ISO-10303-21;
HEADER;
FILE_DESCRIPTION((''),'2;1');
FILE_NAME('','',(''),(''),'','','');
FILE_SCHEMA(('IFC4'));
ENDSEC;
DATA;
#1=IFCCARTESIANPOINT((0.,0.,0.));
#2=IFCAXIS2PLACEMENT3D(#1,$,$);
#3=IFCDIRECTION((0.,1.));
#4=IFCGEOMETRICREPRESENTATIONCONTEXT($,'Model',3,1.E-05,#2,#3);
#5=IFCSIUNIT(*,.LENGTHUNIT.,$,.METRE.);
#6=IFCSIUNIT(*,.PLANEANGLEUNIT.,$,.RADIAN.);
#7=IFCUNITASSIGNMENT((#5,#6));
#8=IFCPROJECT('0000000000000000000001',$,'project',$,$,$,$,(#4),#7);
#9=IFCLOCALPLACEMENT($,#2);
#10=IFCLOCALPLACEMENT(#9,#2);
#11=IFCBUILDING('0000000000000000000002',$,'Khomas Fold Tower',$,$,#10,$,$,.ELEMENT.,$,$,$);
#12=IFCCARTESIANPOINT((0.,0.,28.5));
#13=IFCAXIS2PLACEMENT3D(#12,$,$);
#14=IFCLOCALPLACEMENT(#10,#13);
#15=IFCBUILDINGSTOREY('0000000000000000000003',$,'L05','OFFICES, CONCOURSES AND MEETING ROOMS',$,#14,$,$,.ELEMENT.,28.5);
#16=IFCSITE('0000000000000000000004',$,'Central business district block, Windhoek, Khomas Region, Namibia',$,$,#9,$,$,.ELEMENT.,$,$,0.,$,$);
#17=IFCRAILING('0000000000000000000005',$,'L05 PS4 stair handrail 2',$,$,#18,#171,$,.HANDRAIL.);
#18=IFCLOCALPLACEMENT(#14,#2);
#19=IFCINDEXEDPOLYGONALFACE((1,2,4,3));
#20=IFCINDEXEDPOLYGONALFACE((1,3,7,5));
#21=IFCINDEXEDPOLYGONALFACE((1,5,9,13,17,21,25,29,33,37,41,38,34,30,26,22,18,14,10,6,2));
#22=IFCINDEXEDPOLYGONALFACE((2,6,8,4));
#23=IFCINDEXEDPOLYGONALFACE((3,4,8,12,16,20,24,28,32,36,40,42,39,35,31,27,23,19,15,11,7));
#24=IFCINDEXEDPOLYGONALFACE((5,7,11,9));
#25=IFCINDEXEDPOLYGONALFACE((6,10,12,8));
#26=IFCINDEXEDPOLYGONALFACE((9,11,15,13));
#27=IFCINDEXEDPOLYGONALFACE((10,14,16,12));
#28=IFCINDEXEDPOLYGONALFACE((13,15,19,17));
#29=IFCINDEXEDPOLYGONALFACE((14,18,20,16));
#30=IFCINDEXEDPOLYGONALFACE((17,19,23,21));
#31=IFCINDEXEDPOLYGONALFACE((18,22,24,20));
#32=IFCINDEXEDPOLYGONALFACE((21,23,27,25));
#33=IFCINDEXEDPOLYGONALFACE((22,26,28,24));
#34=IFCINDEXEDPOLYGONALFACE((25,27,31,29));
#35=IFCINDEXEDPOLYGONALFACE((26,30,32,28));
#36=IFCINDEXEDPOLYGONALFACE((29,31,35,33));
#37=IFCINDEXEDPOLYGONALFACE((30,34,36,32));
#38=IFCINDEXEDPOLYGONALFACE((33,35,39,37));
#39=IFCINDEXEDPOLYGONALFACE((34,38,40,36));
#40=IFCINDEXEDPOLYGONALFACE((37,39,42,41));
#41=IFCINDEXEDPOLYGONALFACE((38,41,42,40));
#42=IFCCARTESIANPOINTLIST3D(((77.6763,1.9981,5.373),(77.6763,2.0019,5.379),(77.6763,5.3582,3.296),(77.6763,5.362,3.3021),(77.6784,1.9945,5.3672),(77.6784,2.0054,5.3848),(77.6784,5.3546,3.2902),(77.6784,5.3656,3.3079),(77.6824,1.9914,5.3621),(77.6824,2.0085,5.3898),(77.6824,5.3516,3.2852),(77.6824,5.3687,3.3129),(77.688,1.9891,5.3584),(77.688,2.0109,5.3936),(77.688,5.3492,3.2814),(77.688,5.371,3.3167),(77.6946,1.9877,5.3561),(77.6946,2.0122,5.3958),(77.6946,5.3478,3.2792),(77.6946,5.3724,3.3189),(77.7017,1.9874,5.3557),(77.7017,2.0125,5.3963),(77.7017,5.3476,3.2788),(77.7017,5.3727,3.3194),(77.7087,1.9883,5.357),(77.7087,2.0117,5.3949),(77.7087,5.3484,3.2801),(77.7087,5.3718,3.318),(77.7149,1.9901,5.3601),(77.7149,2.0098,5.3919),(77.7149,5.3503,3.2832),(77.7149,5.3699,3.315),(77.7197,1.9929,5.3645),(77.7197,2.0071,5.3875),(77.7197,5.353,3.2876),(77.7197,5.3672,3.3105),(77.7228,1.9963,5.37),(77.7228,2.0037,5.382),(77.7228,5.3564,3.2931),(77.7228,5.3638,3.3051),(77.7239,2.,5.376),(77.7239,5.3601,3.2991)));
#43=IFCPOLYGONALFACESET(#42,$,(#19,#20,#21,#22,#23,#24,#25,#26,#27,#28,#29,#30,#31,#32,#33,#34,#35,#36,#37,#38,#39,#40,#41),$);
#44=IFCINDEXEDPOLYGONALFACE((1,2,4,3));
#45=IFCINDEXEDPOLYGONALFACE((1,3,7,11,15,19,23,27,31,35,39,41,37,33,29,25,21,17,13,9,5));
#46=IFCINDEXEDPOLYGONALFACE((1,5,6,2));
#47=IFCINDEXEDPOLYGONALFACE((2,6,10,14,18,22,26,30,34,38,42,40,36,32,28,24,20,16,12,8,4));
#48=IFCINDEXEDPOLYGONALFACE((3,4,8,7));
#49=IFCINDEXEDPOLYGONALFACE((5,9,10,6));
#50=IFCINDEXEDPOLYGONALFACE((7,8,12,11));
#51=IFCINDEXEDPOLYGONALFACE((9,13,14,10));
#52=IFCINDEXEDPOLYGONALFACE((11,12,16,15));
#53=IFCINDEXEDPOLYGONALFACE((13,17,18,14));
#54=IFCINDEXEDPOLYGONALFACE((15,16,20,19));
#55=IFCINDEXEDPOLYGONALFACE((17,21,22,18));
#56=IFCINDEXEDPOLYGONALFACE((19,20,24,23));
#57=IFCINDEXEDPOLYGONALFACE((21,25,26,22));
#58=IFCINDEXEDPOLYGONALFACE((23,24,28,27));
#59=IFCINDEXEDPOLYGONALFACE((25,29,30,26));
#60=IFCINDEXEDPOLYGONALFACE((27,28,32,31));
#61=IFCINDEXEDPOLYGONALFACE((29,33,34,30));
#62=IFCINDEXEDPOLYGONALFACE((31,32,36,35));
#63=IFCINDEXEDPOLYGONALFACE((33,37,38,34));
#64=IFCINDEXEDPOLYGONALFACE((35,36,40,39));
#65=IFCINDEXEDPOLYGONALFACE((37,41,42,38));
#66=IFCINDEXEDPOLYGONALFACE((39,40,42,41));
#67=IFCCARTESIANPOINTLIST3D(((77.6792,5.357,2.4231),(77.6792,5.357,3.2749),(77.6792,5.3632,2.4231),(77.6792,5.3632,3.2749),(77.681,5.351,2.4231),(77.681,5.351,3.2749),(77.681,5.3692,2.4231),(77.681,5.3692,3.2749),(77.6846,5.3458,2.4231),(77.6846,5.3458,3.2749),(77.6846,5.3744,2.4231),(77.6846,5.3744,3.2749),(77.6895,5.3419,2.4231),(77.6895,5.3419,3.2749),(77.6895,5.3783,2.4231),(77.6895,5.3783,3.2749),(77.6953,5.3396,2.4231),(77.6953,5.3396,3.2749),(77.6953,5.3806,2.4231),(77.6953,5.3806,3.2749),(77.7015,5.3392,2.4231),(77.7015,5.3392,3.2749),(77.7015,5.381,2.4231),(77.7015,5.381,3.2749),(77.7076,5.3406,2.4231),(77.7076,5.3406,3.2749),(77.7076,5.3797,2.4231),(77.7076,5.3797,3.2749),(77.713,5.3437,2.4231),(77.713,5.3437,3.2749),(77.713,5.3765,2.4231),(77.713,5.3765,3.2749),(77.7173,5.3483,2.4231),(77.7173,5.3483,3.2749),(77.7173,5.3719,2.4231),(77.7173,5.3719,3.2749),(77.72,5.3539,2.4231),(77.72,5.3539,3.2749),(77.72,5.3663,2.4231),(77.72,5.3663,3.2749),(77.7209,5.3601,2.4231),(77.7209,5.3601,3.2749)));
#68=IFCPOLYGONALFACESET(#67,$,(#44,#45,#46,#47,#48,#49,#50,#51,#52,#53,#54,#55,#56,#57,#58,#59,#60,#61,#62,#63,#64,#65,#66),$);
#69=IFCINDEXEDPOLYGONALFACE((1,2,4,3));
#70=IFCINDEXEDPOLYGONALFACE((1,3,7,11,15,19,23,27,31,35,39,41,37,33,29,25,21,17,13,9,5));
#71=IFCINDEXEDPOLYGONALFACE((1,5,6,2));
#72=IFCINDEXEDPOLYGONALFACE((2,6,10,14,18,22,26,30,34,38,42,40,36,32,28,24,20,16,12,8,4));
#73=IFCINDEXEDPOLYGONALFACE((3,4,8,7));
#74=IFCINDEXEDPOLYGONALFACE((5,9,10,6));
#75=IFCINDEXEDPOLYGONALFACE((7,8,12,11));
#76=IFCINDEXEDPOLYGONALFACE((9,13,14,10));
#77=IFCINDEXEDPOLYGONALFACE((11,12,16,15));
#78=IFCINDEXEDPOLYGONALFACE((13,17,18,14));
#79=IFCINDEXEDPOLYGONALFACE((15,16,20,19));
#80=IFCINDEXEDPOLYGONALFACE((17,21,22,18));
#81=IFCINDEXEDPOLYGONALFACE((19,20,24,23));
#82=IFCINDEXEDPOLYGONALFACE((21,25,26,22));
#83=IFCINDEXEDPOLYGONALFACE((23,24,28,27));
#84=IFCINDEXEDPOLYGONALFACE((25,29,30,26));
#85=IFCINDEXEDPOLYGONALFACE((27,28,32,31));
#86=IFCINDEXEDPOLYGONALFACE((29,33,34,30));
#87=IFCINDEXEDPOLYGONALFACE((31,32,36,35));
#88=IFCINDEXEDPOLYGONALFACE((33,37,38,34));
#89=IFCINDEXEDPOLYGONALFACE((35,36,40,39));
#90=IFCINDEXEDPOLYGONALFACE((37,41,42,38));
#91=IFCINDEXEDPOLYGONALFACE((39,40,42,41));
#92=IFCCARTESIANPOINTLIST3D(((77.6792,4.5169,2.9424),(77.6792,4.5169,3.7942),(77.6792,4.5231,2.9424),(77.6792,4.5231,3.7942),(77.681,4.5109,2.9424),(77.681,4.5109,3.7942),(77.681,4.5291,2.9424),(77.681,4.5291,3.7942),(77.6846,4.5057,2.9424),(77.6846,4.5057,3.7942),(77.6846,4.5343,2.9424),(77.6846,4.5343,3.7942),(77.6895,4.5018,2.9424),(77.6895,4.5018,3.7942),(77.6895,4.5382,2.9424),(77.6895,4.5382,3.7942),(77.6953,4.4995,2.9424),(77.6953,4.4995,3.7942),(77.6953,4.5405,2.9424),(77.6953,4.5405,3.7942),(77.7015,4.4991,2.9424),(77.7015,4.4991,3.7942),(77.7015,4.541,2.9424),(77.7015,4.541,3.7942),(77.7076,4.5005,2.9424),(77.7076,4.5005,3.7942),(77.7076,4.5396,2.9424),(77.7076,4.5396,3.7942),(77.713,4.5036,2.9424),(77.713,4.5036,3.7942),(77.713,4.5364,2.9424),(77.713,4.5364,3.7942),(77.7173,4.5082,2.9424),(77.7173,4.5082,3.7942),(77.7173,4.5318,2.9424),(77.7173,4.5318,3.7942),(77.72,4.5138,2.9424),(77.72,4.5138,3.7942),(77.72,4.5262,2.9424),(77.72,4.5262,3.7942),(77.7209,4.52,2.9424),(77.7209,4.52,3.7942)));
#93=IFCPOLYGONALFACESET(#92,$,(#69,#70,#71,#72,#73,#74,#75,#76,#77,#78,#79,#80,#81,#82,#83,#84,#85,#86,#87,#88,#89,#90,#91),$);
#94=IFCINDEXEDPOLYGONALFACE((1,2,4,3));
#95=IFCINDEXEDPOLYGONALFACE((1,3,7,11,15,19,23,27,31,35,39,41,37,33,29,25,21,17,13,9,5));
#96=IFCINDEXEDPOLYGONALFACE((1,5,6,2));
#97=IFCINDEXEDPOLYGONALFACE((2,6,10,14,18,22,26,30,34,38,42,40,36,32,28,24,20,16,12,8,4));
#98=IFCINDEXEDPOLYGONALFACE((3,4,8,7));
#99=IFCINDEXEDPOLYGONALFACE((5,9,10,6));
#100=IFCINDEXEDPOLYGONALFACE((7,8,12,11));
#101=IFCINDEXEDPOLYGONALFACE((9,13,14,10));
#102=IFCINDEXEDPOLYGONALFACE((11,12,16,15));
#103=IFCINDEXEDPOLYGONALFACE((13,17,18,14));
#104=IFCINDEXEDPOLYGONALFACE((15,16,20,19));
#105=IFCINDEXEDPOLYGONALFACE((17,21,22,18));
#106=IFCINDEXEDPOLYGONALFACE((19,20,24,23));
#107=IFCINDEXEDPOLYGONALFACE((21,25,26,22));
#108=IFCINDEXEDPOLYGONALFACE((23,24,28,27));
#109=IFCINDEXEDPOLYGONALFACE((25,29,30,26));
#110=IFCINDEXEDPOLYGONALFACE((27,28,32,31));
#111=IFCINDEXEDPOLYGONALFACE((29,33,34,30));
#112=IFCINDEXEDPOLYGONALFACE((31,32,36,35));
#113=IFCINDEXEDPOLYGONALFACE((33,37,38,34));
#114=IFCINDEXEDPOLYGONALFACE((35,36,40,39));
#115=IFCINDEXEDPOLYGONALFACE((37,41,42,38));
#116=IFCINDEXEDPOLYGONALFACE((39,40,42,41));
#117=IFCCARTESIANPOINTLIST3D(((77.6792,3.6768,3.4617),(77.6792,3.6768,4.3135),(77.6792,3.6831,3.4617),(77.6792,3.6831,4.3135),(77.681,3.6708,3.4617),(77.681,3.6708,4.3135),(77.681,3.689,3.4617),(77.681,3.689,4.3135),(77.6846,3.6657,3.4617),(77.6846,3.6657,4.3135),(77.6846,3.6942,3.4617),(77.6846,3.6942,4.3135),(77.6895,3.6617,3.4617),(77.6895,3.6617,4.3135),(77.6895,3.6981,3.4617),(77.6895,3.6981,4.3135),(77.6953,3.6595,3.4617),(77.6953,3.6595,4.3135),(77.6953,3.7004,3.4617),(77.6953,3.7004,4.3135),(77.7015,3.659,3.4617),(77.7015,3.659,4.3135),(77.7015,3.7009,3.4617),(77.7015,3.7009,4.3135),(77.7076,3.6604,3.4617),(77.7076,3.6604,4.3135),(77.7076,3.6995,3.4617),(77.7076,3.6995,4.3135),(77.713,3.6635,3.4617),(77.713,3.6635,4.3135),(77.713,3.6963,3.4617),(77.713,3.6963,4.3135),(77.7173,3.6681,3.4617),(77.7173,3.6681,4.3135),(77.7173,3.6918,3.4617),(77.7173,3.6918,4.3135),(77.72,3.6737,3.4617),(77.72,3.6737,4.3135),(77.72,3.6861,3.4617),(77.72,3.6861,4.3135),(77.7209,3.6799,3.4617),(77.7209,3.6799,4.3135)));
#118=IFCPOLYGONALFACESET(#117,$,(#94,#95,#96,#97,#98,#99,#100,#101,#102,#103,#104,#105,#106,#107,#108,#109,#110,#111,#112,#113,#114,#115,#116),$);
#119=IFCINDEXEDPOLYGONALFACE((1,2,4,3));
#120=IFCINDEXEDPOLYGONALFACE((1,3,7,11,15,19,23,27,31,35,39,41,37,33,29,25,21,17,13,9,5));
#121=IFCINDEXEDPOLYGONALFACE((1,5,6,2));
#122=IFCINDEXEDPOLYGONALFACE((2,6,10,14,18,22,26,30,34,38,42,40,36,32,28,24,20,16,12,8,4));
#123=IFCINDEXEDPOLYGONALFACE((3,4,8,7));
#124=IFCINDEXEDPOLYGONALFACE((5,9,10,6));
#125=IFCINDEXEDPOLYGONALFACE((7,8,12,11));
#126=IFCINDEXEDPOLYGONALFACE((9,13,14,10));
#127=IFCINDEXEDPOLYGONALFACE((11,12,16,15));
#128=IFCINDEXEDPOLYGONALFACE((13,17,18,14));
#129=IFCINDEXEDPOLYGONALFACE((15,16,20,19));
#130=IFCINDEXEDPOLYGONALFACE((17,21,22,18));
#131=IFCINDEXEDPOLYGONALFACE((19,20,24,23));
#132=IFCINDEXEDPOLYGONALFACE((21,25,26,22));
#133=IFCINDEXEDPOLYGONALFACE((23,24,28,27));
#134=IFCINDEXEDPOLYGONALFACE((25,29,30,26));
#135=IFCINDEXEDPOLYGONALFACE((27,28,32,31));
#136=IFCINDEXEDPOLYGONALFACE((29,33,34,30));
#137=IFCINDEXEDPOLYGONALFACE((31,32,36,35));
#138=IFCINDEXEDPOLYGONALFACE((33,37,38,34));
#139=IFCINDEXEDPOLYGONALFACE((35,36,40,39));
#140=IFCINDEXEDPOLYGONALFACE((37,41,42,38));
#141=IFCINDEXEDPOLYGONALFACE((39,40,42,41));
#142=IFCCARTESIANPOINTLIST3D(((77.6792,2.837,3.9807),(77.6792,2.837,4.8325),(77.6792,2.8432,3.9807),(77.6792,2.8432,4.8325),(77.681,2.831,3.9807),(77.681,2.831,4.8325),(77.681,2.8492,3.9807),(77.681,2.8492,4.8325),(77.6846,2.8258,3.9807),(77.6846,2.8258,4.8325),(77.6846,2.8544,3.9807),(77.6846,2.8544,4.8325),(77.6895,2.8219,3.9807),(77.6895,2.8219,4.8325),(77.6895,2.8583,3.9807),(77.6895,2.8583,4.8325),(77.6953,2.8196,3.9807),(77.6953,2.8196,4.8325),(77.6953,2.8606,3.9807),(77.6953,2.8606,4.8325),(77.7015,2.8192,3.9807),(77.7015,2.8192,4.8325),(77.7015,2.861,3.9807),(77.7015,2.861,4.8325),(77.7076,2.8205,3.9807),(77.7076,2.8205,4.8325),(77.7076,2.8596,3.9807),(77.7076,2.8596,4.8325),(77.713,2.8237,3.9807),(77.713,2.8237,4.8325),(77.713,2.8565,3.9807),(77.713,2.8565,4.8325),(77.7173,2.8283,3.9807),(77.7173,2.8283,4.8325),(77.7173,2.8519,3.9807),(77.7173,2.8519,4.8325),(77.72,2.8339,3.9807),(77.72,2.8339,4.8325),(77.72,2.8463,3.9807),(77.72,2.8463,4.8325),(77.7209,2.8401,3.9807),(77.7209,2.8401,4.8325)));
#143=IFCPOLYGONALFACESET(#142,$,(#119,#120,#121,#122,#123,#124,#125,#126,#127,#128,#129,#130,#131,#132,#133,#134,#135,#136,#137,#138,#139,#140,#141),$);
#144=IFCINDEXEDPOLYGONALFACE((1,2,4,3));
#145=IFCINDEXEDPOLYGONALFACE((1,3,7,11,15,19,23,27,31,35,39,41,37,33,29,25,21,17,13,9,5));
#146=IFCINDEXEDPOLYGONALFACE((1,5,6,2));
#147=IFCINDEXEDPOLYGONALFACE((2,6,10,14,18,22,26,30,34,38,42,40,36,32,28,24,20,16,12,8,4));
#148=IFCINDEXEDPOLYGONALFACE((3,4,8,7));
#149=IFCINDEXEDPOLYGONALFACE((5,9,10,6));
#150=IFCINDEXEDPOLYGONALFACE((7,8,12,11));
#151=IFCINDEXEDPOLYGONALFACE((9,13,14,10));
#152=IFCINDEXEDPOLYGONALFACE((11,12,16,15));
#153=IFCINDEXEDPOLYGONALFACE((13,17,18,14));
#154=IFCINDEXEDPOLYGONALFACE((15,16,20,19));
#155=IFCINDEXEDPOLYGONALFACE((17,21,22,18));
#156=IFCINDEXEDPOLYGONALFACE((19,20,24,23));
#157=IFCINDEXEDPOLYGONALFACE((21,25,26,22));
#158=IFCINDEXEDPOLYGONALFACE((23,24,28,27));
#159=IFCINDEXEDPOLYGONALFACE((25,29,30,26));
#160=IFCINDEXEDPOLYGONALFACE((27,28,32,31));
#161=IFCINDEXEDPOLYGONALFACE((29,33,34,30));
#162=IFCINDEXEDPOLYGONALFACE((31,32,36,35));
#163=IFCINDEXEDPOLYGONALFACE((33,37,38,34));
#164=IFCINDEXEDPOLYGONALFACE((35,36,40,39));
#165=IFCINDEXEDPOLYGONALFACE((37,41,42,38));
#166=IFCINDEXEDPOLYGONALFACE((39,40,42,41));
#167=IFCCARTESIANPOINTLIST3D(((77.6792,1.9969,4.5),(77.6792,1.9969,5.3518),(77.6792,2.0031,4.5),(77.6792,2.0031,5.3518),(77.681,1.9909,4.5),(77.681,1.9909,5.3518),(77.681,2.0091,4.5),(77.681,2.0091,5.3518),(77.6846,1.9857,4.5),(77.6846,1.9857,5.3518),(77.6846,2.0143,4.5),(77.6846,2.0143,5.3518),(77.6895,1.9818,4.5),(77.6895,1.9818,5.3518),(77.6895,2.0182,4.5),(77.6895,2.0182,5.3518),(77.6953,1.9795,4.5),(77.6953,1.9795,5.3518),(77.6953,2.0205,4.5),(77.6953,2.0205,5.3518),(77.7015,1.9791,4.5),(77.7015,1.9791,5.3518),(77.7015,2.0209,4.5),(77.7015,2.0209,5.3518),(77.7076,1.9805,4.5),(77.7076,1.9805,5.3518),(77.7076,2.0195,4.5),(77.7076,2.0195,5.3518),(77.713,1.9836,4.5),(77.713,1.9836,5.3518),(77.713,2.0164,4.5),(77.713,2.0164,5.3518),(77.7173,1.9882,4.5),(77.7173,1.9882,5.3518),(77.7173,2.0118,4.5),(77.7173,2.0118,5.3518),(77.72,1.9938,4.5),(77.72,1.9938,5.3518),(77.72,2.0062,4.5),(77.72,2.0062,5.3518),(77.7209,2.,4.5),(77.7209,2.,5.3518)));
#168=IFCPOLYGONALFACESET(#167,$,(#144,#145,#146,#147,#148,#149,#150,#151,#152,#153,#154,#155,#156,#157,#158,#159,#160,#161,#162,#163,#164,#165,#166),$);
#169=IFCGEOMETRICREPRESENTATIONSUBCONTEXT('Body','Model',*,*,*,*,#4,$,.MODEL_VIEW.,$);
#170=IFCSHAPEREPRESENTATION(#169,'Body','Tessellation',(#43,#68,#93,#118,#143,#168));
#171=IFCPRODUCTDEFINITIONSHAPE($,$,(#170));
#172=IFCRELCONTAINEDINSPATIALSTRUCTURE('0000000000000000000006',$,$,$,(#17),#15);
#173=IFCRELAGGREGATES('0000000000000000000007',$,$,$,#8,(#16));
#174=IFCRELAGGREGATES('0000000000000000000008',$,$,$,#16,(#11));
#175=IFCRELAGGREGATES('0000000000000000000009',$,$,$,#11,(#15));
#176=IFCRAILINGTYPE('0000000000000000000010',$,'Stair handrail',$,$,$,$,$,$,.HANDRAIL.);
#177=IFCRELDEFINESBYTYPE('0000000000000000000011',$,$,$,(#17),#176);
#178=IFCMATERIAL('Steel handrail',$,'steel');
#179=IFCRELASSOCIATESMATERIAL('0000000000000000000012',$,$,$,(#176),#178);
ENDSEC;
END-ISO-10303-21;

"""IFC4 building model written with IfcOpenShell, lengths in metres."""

from ifc_helpers import new_model, si_unit, direction, frame, origin, origin_2d, place, context, subcontext, project, spatial, circle, extrude, source, transform, mapped, material, type_object, element, save


model = new_model("IFC4")

# Units and contexts
model_context = context("Model", 3, precision=1e-05, world=origin(), true_north=direction((0.0, 1.0)))
body_context = subcontext(model_context, "Body", "Model", "MODEL_VIEW")
ifc_project = project(units=[si_unit("LENGTHUNIT", "METRE"), si_unit("PLANEANGLEUNIT", "RADIAN")], contexts=[model_context])

# Site, building, storey
site_placement = place(None, origin())
site = spatial("IfcSite", under=ifc_project, at=site_placement, Name="Central business district block, Windhoek, Khomas Region, Namibia", CompositionType="ELEMENT", RefElevation=0.0)
building_placement = place(site_placement, origin())
building = spatial("IfcBuilding", under=site, at=building_placement, Name="Khomas Fold Tower", CompositionType="ELEMENT")
storey_placement = place(building_placement, frame((0.0, 0.0, 28.5)))
storey = spatial("IfcBuildingStorey", under=building, at=storey_placement, Name="L05", Description="OFFICES, CONCOURSES AND MEETING ROOMS", CompositionType="ELEMENT", Elevation=28.5)

# Railing
ifc_material_1 = material(Name="Steel handrail", Category="steel")
railing_type_1 = type_object("IfcRailingType", Name="Stair handrail", PredefinedType="HANDRAIL", material=ifc_material_1)
shared_shape_1 = source(origin(), body_context, "Body", "SweptSolid", [
    extrude(circle(Radius=0.0239, at=origin_2d()), frame((0.0, 0.0, 0.876), z_axis=(0.0, -0.850623, 0.525776), x_axis=(1.0, 0.0, 0.0)), (0.0, 0.0, 1.0), 3.9502),
    extrude(circle(Radius=0.021, at=origin_2d()), origin(), (0.0, 0.0, 1.0), 0.8518),
    extrude(circle(Radius=0.021, at=origin_2d()), frame((0.0, -0.8401, 0.5193)), (0.0, 0.0, 1.0), 0.8518),
    extrude(circle(Radius=0.021, at=origin_2d()), frame((0.0, -1.6802, 1.0386)), (0.0, 0.0, 1.0), 0.8518),
    extrude(circle(Radius=0.021, at=origin_2d()), frame((0.0, -2.52, 1.5576)), (0.0, 0.0, 1.0), 0.8518),
    extrude(circle(Radius=0.021, at=origin_2d()), frame((0.0, -3.3601, 2.0769)), (0.0, 0.0, 1.0), 0.8518),
])
railing_1_placement = place(storey_placement, frame((77.7, 5.3601, 2.4231)))
element("IfcRailing", 1, at=railing_1_placement, inside=storey, type_object=railing_type_1, Name="L05 PS4 stair handrail 2", PredefinedType="HANDRAIL", context=body_context, shape_type="MappedRepresentation", body=[
    mapped(shared_shape_1, transform((0.0, 0.0, 0.0))),
])

save(model, "model.ifc")
